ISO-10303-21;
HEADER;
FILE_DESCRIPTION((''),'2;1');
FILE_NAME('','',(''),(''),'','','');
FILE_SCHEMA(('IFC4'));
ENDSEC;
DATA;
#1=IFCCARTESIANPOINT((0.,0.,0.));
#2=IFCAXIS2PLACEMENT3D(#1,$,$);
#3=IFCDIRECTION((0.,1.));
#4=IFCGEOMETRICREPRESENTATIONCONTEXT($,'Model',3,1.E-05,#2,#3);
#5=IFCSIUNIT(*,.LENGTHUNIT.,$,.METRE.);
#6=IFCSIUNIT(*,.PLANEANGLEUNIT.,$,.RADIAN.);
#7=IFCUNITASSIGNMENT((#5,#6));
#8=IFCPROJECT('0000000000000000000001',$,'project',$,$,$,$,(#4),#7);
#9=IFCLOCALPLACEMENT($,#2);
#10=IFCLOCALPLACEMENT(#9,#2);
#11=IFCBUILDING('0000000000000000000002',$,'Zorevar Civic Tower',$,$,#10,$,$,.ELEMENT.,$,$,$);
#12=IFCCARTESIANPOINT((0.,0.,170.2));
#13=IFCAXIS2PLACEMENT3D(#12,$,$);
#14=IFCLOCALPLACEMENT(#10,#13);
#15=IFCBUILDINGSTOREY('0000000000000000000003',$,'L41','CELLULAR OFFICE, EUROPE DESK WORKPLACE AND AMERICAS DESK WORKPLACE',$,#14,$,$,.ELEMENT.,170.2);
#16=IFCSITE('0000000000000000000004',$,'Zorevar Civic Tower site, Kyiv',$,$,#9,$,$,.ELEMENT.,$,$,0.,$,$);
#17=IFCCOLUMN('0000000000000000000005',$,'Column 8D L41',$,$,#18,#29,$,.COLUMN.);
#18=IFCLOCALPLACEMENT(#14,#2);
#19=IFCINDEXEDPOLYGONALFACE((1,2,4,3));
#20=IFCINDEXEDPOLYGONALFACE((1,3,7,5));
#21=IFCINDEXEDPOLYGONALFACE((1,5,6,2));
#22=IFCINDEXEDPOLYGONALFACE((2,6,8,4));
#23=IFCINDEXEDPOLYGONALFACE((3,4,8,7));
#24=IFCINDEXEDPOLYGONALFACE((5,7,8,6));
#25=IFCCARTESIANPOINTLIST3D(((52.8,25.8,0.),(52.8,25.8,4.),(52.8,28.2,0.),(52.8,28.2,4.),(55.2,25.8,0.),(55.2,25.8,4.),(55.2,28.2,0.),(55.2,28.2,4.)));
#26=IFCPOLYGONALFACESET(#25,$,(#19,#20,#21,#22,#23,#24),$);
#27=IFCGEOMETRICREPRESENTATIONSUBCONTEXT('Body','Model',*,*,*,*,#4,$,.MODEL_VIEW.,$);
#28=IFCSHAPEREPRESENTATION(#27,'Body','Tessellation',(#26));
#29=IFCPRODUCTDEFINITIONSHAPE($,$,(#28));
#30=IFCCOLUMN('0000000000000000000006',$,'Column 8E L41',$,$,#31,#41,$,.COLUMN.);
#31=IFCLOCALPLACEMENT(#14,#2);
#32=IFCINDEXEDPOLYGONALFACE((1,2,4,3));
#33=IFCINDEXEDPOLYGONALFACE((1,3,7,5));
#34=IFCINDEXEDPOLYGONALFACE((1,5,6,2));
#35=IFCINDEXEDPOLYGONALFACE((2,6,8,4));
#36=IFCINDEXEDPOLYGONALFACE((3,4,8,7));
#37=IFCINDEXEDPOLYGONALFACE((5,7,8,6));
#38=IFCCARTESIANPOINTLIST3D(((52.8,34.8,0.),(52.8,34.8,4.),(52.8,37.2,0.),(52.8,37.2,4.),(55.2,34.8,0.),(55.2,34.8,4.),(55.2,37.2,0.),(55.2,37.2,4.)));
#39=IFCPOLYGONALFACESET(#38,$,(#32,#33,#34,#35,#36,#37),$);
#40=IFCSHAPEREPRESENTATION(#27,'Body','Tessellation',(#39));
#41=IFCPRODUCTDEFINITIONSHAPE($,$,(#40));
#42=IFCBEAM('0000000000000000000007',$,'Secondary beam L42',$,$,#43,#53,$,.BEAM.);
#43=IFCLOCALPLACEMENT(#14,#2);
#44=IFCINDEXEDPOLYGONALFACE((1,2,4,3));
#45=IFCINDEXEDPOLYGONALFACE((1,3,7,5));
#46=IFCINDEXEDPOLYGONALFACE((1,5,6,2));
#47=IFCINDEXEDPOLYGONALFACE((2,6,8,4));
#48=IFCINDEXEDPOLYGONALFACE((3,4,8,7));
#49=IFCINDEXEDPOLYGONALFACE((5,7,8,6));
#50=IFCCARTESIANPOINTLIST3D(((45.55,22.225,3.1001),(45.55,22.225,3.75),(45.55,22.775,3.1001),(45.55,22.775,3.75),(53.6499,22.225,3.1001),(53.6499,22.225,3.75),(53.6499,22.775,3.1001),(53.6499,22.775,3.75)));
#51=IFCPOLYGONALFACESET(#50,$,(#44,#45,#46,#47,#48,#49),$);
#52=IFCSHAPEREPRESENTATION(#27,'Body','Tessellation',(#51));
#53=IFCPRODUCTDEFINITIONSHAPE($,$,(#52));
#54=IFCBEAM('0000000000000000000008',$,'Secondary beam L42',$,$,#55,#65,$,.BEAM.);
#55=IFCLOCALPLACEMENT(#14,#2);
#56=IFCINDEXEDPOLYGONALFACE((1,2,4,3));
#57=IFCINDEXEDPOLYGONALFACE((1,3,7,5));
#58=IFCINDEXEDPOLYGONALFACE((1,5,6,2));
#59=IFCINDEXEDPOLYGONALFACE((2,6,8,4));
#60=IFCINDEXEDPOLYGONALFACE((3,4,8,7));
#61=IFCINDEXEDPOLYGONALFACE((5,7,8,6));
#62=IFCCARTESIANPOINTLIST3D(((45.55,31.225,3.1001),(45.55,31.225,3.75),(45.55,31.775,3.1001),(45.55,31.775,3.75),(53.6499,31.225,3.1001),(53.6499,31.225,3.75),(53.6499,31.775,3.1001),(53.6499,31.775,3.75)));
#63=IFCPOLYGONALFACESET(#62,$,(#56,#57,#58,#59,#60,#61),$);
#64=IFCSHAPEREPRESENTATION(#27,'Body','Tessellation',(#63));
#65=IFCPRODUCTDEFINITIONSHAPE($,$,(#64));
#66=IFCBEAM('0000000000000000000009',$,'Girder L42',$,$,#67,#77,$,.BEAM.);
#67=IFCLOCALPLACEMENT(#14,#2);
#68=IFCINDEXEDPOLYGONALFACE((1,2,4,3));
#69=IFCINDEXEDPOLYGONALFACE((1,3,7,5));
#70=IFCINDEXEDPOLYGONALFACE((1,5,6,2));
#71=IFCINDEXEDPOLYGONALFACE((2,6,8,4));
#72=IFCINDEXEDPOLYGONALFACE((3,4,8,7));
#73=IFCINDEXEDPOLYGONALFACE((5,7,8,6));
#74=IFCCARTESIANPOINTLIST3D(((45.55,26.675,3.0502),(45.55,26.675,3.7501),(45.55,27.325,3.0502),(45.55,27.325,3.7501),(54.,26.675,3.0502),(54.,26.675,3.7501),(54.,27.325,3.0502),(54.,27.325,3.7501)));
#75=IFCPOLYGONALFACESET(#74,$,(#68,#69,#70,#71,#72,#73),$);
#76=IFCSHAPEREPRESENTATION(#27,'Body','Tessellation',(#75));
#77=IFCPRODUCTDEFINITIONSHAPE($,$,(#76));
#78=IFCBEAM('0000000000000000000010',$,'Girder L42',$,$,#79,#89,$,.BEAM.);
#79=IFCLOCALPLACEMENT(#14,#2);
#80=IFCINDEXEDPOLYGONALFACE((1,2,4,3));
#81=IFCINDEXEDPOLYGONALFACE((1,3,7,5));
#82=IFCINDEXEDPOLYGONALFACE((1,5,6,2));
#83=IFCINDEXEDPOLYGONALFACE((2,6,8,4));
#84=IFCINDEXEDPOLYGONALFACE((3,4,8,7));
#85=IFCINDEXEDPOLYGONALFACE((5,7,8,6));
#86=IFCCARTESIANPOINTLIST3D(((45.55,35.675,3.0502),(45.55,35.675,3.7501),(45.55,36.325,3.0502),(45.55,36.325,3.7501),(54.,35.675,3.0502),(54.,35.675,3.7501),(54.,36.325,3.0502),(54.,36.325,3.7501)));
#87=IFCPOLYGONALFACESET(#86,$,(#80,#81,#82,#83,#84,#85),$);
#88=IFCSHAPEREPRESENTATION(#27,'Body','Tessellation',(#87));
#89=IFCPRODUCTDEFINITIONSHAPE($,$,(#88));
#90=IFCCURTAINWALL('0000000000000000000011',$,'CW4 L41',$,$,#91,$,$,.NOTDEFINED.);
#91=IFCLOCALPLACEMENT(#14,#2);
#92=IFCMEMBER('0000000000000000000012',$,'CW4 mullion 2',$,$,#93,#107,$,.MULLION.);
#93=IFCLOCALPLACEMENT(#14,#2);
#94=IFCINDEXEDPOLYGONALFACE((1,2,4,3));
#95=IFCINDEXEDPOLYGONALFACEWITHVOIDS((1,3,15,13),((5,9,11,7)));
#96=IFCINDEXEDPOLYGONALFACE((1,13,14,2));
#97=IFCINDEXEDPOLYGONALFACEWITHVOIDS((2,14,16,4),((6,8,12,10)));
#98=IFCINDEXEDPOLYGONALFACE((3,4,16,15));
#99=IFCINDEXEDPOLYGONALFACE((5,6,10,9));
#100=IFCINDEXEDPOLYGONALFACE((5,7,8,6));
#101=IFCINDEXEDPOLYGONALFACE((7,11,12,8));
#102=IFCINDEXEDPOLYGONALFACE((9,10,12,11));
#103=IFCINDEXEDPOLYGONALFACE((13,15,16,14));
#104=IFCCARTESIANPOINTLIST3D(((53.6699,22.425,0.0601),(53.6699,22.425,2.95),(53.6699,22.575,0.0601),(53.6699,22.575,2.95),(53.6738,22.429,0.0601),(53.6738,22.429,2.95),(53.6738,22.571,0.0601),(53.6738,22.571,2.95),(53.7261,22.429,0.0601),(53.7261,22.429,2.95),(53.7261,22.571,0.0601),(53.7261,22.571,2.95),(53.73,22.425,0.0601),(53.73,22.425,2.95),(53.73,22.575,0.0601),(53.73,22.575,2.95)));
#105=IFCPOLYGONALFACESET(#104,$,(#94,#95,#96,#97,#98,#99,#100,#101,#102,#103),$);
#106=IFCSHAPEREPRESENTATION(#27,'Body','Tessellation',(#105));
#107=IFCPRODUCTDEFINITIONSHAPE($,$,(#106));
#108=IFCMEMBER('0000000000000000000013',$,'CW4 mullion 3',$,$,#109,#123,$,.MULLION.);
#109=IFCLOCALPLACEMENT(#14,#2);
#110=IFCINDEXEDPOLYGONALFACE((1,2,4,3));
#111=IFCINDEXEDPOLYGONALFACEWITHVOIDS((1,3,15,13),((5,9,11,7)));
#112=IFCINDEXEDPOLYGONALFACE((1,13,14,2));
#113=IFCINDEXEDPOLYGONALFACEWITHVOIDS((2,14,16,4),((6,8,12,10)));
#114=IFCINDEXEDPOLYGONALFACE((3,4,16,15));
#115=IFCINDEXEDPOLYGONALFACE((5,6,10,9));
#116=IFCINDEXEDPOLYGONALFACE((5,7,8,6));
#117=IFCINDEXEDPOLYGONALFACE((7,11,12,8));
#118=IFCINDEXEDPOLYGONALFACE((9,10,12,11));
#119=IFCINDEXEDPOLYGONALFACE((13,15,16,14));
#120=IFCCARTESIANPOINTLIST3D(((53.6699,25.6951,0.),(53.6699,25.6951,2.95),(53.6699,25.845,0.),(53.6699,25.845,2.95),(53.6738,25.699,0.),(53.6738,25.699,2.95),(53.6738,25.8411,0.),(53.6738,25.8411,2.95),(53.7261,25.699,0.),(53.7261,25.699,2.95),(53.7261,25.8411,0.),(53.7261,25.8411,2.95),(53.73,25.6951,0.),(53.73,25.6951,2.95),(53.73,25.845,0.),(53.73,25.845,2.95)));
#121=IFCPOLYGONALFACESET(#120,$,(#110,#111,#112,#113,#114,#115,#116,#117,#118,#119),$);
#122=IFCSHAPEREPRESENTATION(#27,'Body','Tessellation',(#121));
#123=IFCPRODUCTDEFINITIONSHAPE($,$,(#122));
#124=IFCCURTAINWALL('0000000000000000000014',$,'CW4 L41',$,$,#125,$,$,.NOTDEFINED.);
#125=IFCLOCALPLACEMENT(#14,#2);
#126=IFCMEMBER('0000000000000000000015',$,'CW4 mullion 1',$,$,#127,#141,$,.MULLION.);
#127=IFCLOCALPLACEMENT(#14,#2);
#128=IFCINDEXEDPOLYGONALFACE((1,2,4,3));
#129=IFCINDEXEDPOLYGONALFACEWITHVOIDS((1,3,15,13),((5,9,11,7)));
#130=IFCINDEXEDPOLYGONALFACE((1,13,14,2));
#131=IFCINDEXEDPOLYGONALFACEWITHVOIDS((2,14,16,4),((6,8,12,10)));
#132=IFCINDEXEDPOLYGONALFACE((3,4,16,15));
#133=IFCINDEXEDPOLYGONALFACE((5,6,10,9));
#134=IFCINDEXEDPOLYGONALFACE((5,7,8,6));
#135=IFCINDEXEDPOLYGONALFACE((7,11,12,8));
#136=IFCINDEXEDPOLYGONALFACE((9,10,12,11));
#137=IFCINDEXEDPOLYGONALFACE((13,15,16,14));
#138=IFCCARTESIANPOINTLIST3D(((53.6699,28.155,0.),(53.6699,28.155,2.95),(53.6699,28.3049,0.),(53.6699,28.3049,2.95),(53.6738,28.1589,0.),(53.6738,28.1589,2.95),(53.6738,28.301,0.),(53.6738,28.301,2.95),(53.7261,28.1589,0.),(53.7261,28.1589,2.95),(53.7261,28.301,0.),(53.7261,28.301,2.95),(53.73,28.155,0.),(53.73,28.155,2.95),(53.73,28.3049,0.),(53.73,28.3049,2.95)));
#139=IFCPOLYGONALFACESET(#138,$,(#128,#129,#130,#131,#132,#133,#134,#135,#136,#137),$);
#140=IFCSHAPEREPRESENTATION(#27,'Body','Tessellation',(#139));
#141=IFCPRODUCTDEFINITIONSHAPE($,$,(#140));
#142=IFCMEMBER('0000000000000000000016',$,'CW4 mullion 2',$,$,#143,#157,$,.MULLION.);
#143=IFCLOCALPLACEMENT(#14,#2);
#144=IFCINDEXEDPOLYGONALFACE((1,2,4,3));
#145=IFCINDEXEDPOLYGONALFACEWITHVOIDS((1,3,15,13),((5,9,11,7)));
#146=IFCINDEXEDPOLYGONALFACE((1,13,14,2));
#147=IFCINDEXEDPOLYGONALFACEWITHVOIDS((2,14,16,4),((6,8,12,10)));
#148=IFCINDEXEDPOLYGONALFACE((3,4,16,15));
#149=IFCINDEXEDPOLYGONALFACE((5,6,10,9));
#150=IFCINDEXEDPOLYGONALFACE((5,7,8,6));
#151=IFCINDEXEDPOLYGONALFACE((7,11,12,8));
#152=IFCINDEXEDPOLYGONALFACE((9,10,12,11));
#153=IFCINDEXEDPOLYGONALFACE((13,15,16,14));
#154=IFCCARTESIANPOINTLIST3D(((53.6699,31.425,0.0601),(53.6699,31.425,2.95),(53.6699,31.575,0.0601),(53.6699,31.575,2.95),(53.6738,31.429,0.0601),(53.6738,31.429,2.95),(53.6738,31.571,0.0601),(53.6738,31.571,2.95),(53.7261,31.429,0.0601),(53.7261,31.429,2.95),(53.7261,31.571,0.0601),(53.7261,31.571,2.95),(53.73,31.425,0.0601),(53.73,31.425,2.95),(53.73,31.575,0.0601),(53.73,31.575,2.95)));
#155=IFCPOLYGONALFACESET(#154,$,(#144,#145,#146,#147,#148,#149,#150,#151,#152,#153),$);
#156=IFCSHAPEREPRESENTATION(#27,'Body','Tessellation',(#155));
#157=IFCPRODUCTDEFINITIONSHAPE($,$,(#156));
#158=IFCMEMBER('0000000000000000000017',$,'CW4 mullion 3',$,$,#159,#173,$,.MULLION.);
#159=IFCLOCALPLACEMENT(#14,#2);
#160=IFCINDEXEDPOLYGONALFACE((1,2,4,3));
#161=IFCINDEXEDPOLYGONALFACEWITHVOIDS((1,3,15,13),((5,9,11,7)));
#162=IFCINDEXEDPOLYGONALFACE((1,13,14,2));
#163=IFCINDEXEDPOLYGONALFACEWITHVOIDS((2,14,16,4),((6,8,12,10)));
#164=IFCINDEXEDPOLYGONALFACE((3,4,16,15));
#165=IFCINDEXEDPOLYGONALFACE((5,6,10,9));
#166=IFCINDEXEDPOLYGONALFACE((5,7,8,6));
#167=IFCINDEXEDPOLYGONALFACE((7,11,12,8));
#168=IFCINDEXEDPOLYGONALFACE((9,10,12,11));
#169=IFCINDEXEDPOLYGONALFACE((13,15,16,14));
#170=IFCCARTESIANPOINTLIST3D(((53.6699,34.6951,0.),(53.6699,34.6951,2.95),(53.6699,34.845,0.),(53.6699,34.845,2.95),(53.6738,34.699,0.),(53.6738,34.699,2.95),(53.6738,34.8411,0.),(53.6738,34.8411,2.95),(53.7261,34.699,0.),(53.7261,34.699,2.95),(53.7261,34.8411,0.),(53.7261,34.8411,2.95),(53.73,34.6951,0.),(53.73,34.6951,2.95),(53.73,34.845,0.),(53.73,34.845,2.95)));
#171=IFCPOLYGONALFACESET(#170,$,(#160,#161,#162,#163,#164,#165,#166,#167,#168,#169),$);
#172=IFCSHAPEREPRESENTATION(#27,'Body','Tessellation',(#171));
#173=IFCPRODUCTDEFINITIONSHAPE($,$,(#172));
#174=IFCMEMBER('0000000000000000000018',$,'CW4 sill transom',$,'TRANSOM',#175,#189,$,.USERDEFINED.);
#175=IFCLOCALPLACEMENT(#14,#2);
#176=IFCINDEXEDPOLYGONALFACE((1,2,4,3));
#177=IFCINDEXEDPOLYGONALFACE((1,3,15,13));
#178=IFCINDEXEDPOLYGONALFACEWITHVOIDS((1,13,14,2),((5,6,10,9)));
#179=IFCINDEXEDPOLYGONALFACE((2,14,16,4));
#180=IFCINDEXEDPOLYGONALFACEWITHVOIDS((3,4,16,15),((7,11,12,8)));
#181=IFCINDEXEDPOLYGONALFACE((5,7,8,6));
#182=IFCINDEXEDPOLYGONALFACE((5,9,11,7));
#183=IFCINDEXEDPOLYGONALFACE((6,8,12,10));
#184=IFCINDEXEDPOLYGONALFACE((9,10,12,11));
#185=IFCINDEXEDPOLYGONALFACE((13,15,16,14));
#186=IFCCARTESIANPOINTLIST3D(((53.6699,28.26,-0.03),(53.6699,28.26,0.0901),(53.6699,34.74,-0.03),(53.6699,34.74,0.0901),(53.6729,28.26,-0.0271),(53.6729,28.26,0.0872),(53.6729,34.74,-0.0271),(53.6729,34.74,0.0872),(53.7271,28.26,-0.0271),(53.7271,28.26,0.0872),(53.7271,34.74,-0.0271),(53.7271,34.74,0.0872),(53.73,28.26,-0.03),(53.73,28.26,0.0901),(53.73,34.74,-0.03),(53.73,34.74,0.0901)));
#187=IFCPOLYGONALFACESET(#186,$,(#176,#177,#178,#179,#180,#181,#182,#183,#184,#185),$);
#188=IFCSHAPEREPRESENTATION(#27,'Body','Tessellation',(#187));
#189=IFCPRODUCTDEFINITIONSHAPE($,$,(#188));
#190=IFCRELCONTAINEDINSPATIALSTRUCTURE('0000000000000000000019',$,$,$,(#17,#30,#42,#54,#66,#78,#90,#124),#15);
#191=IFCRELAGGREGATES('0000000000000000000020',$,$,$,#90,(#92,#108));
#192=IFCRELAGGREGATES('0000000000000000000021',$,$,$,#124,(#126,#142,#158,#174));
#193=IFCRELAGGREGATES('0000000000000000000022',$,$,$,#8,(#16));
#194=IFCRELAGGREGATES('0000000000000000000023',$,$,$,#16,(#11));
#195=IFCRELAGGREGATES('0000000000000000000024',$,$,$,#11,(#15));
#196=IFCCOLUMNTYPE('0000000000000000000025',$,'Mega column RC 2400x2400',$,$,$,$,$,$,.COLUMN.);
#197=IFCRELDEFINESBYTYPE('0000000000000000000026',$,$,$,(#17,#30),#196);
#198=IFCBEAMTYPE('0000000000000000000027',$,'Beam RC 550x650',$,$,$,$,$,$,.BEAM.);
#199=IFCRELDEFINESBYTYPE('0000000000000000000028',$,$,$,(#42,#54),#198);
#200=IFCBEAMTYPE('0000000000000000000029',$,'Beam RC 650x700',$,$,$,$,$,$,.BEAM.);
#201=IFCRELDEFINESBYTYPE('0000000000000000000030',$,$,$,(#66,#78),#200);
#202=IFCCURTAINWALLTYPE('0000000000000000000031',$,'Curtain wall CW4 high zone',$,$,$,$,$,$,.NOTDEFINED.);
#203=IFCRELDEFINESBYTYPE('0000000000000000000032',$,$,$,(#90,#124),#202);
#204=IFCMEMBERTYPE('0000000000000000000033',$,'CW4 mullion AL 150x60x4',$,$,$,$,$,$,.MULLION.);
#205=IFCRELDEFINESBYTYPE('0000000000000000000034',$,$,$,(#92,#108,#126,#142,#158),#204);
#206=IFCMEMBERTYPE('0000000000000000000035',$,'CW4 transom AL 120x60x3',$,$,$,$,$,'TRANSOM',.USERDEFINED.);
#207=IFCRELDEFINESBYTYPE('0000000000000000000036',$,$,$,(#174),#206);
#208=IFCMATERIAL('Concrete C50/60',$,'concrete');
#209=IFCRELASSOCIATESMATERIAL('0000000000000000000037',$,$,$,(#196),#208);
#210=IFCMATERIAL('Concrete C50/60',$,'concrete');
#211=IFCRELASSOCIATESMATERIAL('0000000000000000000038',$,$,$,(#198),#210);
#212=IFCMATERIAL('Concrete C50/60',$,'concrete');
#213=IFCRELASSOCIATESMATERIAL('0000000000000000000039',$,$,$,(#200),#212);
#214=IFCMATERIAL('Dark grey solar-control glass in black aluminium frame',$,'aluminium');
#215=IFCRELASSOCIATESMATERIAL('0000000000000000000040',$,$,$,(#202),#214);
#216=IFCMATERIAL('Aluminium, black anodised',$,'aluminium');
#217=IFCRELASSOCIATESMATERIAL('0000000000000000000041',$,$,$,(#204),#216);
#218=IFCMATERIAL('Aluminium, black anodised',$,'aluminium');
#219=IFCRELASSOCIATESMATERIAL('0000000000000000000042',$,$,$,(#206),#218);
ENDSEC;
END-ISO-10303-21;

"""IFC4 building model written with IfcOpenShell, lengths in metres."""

from ifc_helpers import new_model, si_unit, direction, frame, origin, origin_2d, place, context, subcontext, project, spatial, rectangle, hollow_rectangle, extrude, material, material_profile, profile_set, type_object, element, aggregate, save


model = new_model("IFC4")

# Units and contexts
model_context = context("Model", 3, precision=1e-05, world=origin(), true_north=direction((0.0, 1.0)))
body_context = subcontext(model_context, "Body", "Model", "MODEL_VIEW")
ifc_project = project(units=[si_unit("LENGTHUNIT", "METRE"), si_unit("PLANEANGLEUNIT", "RADIAN")], contexts=[model_context])

# Site, building, storey
site_placement = place(None, origin())
site = spatial("IfcSite", under=ifc_project, at=site_placement, Name="Zorevar Civic Tower site, Kyiv", CompositionType="ELEMENT", RefElevation=0.0)
building_placement = place(site_placement, origin())
building = spatial("IfcBuilding", under=site, at=building_placement, Name="Zorevar Civic Tower", CompositionType="ELEMENT")
storey_placement = place(building_placement, frame((0.0, 0.0, 170.2)))
storey = spatial("IfcBuildingStorey", under=building, at=storey_placement, Name="L41", Description="CELLULAR OFFICE, EUROPE DESK WORKPLACE AND AMERICAS DESK WORKPLACE", CompositionType="ELEMENT", Elevation=170.2)

# Columns
ifc_material_1 = material(Name="Concrete C50/60", Category="concrete")
ifc_material_profile_1 = material_profile(ifc_material_1, rectangle(XDim=2.3999, YDim=2.3999, at=origin_2d()), Name="RC 2400x2400")
ifc_profile_set_1 = profile_set([ifc_material_profile_1], Name="Concrete C50/60")
column_type = type_object("IfcColumnType", Name="Mega column RC 2400x2400", PredefinedType="COLUMN", material=ifc_profile_set_1)
for number, where, z_axis, x_axis, name in (
    (1, (54.0, 27.0, 0.0), (0.0, 0.0, 1.0), (1.0, 0.0, 0.0), "Column 8D L41"),
    (2, (54.0, 36.0, 0.0), (0.0, 0.0, 1.0), (1.0, 0.0, 0.0), "Column 8E L41"),
):
    element("IfcColumn", number, at=place(storey_placement, frame(where, z_axis=z_axis, x_axis=x_axis)), inside=storey, type_object=column_type, Name=name, PredefinedType="COLUMN", context=body_context, shape_type="SweptSolid", body=[
        extrude(rectangle(XDim=2.3999, YDim=2.3999, at=origin_2d()), origin(), (0.0, 0.0, 1.0), 4.0),
    ])

# Beams
ifc_material_2 = material(Name="Concrete C50/60", Category="concrete")
ifc_material_profile_2 = material_profile(ifc_material_2, rectangle(XDim=0.55, YDim=0.6499, at=origin_2d()), Name="RC 550x650")
ifc_profile_set_2 = profile_set([ifc_material_profile_2], Name="Concrete C50/60")
beam_type_1 = type_object("IfcBeamType", Name="Beam RC 550x650", PredefinedType="BEAM", material=ifc_profile_set_2)
for number, where, z_axis, x_axis, name in (
    (3, (45.55, 22.5, 3.425), (1.0, 0.0, 0.0), (0.0, 1.0, 0.0), "Secondary beam L42"),
    (4, (45.55, 31.5, 3.425), (1.0, 0.0, 0.0), (0.0, 1.0, 0.0), "Secondary beam L42"),
):
    element("IfcBeam", number, at=place(storey_placement, frame(where, z_axis=z_axis, x_axis=x_axis)), inside=storey, type_object=beam_type_1, Name=name, PredefinedType="BEAM", context=body_context, shape_type="SweptSolid", body=[
        extrude(rectangle(XDim=0.55, YDim=0.6499, at=origin_2d()), origin(), (0.0, 0.0, 1.0), 8.0999),
    ])
ifc_material_3 = material(Name="Concrete C50/60", Category="concrete")
ifc_material_profile_3 = material_profile(ifc_material_3, rectangle(XDim=0.6499, YDim=0.7, at=origin_2d()), Name="RC 650x700")
ifc_profile_set_3 = profile_set([ifc_material_profile_3], Name="Concrete C50/60")
beam_type_2 = type_object("IfcBeamType", Name="Beam RC 650x700", PredefinedType="BEAM", material=ifc_profile_set_3)
for number, where, z_axis, x_axis, name in (
    (5, (45.55, 27.0, 3.4001), (1.0, 0.0, 0.0), (0.0, 1.0, 0.0), "Girder L42"),
    (6, (45.55, 36.0, 3.4001), (1.0, 0.0, 0.0), (0.0, 1.0, 0.0), "Girder L42"),
):
    element("IfcBeam", number, at=place(storey_placement, frame(where, z_axis=z_axis, x_axis=x_axis)), inside=storey, type_object=beam_type_2, Name=name, PredefinedType="BEAM", context=body_context, shape_type="SweptSolid", body=[
        extrude(rectangle(XDim=0.6499, YDim=0.7, at=origin_2d()), origin(), (0.0, 0.0, 1.0), 8.45),
    ])

# Curtain walls, members
ifc_material_4 = material(Name="Dark grey solar-control glass in black aluminium frame", Category="aluminium")
curtain_wall_type = type_object("IfcCurtainWallType", Name="Curtain wall CW4 high zone", PredefinedType="NOTDEFINED", material=ifc_material_4)
curtain_wall_1_placement = place(storey_placement, origin())
curtain_wall_1 = element("IfcCurtainWall", 7, at=curtain_wall_1_placement, inside=storey, type_object=curtain_wall_type, Name="CW4 L41", PredefinedType="NOTDEFINED")
ifc_material_5 = material(Name="Aluminium, black anodised", Category="aluminium")
ifc_material_profile_4 = material_profile(ifc_material_5, hollow_rectangle(XDim=0.0601, YDim=0.1499, WallThickness=0.0039, at=origin_2d()), Name="AL 150x60x4")
ifc_profile_set_4 = profile_set([ifc_material_profile_4], Name="Aluminium, black anodised")
member_type_1 = type_object("IfcMemberType", Name="CW4 mullion AL 150x60x4", PredefinedType="MULLION", material=ifc_profile_set_4)
member_1_placement = place(storey_placement, frame((53.7, 22.5, 0.0601), z_axis=(0.0, 0.0, 1.0), x_axis=(-1.0, 0.0, 0.0)))
member_1 = element("IfcMember", 8, at=member_1_placement, type_object=member_type_1, Name="CW4 mullion 2", PredefinedType="MULLION", context=body_context, shape_type="SweptSolid", body=[
    extrude(hollow_rectangle(XDim=0.0601, YDim=0.1499, WallThickness=0.0039, at=origin_2d()), origin(), (0.0, 0.0, 1.0), 2.8899),
])
member_2_placement = place(storey_placement, frame((53.7, 25.77, 0.0), z_axis=(0.0, 0.0, 1.0), x_axis=(-1.0, 0.0, 0.0)))
member_2 = element("IfcMember", 9, at=member_2_placement, type_object=member_type_1, Name="CW4 mullion 3", PredefinedType="MULLION", context=body_context, shape_type="SweptSolid", body=[
    extrude(hollow_rectangle(XDim=0.0601, YDim=0.1499, WallThickness=0.0039, at=origin_2d()), origin(), (0.0, 0.0, 1.0), 2.95),
])
curtain_wall_2_placement = place(storey_placement, origin())
curtain_wall_2 = element("IfcCurtainWall", 10, at=curtain_wall_2_placement, inside=storey, type_object=curtain_wall_type, Name="CW4 L41", PredefinedType="NOTDEFINED")
member_3_placement = place(storey_placement, frame((53.7, 28.23, 0.0), z_axis=(0.0, 0.0, 1.0), x_axis=(-1.0, 0.0, 0.0)))
member_3 = element("IfcMember", 11, at=member_3_placement, type_object=member_type_1, Name="CW4 mullion 1", PredefinedType="MULLION", context=body_context, shape_type="SweptSolid", body=[
    extrude(hollow_rectangle(XDim=0.0601, YDim=0.1499, WallThickness=0.0039, at=origin_2d()), origin(), (0.0, 0.0, 1.0), 2.95),
])
member_4_placement = place(storey_placement, frame((53.7, 31.5, 0.0601), z_axis=(0.0, 0.0, 1.0), x_axis=(-1.0, 0.0, 0.0)))
member_4 = element("IfcMember", 12, at=member_4_placement, type_object=member_type_1, Name="CW4 mullion 2", PredefinedType="MULLION", context=body_context, shape_type="SweptSolid", body=[
    extrude(hollow_rectangle(XDim=0.0601, YDim=0.1499, WallThickness=0.0039, at=origin_2d()), origin(), (0.0, 0.0, 1.0), 2.8899),
])
member_5_placement = place(storey_placement, frame((53.7, 34.77, 0.0), z_axis=(0.0, 0.0, 1.0), x_axis=(-1.0, 0.0, 0.0)))
member_5 = element("IfcMember", 13, at=member_5_placement, type_object=member_type_1, Name="CW4 mullion 3", PredefinedType="MULLION", context=body_context, shape_type="SweptSolid", body=[
    extrude(hollow_rectangle(XDim=0.0601, YDim=0.1499, WallThickness=0.0039, at=origin_2d()), origin(), (0.0, 0.0, 1.0), 2.95),
])
ifc_material_6 = material(Name="Aluminium, black anodised", Category="aluminium")
ifc_material_profile_5 = material_profile(ifc_material_6, hollow_rectangle(XDim=0.0601, YDim=0.1201, WallThickness=0.0029, at=origin_2d()), Name="AL 120x60x3")
ifc_profile_set_5 = profile_set([ifc_material_profile_5], Name="Aluminium, black anodised")
member_type_2 = type_object("IfcMemberType", Name="CW4 transom AL 120x60x3", ElementType="TRANSOM", PredefinedType="USERDEFINED", material=ifc_profile_set_5)
member_6_placement = place(storey_placement, frame((53.7, 28.26, 0.03), z_axis=(0.0, 1.0, 0.0), x_axis=(-1.0, 0.0, 0.0)))
member_6 = element("IfcMember", 14, at=member_6_placement, type_object=member_type_2, Name="CW4 sill transom", ObjectType="TRANSOM", PredefinedType="USERDEFINED", context=body_context, shape_type="SweptSolid", body=[
    extrude(hollow_rectangle(XDim=0.0601, YDim=0.1201, WallThickness=0.0029, at=origin_2d()), origin(), (0.0, 0.0, 1.0), 6.48),
])

aggregate(curtain_wall_1, [member_1, member_2])
aggregate(curtain_wall_2, [member_3, member_4, member_5, member_6])

save(model, "model.ifc")
